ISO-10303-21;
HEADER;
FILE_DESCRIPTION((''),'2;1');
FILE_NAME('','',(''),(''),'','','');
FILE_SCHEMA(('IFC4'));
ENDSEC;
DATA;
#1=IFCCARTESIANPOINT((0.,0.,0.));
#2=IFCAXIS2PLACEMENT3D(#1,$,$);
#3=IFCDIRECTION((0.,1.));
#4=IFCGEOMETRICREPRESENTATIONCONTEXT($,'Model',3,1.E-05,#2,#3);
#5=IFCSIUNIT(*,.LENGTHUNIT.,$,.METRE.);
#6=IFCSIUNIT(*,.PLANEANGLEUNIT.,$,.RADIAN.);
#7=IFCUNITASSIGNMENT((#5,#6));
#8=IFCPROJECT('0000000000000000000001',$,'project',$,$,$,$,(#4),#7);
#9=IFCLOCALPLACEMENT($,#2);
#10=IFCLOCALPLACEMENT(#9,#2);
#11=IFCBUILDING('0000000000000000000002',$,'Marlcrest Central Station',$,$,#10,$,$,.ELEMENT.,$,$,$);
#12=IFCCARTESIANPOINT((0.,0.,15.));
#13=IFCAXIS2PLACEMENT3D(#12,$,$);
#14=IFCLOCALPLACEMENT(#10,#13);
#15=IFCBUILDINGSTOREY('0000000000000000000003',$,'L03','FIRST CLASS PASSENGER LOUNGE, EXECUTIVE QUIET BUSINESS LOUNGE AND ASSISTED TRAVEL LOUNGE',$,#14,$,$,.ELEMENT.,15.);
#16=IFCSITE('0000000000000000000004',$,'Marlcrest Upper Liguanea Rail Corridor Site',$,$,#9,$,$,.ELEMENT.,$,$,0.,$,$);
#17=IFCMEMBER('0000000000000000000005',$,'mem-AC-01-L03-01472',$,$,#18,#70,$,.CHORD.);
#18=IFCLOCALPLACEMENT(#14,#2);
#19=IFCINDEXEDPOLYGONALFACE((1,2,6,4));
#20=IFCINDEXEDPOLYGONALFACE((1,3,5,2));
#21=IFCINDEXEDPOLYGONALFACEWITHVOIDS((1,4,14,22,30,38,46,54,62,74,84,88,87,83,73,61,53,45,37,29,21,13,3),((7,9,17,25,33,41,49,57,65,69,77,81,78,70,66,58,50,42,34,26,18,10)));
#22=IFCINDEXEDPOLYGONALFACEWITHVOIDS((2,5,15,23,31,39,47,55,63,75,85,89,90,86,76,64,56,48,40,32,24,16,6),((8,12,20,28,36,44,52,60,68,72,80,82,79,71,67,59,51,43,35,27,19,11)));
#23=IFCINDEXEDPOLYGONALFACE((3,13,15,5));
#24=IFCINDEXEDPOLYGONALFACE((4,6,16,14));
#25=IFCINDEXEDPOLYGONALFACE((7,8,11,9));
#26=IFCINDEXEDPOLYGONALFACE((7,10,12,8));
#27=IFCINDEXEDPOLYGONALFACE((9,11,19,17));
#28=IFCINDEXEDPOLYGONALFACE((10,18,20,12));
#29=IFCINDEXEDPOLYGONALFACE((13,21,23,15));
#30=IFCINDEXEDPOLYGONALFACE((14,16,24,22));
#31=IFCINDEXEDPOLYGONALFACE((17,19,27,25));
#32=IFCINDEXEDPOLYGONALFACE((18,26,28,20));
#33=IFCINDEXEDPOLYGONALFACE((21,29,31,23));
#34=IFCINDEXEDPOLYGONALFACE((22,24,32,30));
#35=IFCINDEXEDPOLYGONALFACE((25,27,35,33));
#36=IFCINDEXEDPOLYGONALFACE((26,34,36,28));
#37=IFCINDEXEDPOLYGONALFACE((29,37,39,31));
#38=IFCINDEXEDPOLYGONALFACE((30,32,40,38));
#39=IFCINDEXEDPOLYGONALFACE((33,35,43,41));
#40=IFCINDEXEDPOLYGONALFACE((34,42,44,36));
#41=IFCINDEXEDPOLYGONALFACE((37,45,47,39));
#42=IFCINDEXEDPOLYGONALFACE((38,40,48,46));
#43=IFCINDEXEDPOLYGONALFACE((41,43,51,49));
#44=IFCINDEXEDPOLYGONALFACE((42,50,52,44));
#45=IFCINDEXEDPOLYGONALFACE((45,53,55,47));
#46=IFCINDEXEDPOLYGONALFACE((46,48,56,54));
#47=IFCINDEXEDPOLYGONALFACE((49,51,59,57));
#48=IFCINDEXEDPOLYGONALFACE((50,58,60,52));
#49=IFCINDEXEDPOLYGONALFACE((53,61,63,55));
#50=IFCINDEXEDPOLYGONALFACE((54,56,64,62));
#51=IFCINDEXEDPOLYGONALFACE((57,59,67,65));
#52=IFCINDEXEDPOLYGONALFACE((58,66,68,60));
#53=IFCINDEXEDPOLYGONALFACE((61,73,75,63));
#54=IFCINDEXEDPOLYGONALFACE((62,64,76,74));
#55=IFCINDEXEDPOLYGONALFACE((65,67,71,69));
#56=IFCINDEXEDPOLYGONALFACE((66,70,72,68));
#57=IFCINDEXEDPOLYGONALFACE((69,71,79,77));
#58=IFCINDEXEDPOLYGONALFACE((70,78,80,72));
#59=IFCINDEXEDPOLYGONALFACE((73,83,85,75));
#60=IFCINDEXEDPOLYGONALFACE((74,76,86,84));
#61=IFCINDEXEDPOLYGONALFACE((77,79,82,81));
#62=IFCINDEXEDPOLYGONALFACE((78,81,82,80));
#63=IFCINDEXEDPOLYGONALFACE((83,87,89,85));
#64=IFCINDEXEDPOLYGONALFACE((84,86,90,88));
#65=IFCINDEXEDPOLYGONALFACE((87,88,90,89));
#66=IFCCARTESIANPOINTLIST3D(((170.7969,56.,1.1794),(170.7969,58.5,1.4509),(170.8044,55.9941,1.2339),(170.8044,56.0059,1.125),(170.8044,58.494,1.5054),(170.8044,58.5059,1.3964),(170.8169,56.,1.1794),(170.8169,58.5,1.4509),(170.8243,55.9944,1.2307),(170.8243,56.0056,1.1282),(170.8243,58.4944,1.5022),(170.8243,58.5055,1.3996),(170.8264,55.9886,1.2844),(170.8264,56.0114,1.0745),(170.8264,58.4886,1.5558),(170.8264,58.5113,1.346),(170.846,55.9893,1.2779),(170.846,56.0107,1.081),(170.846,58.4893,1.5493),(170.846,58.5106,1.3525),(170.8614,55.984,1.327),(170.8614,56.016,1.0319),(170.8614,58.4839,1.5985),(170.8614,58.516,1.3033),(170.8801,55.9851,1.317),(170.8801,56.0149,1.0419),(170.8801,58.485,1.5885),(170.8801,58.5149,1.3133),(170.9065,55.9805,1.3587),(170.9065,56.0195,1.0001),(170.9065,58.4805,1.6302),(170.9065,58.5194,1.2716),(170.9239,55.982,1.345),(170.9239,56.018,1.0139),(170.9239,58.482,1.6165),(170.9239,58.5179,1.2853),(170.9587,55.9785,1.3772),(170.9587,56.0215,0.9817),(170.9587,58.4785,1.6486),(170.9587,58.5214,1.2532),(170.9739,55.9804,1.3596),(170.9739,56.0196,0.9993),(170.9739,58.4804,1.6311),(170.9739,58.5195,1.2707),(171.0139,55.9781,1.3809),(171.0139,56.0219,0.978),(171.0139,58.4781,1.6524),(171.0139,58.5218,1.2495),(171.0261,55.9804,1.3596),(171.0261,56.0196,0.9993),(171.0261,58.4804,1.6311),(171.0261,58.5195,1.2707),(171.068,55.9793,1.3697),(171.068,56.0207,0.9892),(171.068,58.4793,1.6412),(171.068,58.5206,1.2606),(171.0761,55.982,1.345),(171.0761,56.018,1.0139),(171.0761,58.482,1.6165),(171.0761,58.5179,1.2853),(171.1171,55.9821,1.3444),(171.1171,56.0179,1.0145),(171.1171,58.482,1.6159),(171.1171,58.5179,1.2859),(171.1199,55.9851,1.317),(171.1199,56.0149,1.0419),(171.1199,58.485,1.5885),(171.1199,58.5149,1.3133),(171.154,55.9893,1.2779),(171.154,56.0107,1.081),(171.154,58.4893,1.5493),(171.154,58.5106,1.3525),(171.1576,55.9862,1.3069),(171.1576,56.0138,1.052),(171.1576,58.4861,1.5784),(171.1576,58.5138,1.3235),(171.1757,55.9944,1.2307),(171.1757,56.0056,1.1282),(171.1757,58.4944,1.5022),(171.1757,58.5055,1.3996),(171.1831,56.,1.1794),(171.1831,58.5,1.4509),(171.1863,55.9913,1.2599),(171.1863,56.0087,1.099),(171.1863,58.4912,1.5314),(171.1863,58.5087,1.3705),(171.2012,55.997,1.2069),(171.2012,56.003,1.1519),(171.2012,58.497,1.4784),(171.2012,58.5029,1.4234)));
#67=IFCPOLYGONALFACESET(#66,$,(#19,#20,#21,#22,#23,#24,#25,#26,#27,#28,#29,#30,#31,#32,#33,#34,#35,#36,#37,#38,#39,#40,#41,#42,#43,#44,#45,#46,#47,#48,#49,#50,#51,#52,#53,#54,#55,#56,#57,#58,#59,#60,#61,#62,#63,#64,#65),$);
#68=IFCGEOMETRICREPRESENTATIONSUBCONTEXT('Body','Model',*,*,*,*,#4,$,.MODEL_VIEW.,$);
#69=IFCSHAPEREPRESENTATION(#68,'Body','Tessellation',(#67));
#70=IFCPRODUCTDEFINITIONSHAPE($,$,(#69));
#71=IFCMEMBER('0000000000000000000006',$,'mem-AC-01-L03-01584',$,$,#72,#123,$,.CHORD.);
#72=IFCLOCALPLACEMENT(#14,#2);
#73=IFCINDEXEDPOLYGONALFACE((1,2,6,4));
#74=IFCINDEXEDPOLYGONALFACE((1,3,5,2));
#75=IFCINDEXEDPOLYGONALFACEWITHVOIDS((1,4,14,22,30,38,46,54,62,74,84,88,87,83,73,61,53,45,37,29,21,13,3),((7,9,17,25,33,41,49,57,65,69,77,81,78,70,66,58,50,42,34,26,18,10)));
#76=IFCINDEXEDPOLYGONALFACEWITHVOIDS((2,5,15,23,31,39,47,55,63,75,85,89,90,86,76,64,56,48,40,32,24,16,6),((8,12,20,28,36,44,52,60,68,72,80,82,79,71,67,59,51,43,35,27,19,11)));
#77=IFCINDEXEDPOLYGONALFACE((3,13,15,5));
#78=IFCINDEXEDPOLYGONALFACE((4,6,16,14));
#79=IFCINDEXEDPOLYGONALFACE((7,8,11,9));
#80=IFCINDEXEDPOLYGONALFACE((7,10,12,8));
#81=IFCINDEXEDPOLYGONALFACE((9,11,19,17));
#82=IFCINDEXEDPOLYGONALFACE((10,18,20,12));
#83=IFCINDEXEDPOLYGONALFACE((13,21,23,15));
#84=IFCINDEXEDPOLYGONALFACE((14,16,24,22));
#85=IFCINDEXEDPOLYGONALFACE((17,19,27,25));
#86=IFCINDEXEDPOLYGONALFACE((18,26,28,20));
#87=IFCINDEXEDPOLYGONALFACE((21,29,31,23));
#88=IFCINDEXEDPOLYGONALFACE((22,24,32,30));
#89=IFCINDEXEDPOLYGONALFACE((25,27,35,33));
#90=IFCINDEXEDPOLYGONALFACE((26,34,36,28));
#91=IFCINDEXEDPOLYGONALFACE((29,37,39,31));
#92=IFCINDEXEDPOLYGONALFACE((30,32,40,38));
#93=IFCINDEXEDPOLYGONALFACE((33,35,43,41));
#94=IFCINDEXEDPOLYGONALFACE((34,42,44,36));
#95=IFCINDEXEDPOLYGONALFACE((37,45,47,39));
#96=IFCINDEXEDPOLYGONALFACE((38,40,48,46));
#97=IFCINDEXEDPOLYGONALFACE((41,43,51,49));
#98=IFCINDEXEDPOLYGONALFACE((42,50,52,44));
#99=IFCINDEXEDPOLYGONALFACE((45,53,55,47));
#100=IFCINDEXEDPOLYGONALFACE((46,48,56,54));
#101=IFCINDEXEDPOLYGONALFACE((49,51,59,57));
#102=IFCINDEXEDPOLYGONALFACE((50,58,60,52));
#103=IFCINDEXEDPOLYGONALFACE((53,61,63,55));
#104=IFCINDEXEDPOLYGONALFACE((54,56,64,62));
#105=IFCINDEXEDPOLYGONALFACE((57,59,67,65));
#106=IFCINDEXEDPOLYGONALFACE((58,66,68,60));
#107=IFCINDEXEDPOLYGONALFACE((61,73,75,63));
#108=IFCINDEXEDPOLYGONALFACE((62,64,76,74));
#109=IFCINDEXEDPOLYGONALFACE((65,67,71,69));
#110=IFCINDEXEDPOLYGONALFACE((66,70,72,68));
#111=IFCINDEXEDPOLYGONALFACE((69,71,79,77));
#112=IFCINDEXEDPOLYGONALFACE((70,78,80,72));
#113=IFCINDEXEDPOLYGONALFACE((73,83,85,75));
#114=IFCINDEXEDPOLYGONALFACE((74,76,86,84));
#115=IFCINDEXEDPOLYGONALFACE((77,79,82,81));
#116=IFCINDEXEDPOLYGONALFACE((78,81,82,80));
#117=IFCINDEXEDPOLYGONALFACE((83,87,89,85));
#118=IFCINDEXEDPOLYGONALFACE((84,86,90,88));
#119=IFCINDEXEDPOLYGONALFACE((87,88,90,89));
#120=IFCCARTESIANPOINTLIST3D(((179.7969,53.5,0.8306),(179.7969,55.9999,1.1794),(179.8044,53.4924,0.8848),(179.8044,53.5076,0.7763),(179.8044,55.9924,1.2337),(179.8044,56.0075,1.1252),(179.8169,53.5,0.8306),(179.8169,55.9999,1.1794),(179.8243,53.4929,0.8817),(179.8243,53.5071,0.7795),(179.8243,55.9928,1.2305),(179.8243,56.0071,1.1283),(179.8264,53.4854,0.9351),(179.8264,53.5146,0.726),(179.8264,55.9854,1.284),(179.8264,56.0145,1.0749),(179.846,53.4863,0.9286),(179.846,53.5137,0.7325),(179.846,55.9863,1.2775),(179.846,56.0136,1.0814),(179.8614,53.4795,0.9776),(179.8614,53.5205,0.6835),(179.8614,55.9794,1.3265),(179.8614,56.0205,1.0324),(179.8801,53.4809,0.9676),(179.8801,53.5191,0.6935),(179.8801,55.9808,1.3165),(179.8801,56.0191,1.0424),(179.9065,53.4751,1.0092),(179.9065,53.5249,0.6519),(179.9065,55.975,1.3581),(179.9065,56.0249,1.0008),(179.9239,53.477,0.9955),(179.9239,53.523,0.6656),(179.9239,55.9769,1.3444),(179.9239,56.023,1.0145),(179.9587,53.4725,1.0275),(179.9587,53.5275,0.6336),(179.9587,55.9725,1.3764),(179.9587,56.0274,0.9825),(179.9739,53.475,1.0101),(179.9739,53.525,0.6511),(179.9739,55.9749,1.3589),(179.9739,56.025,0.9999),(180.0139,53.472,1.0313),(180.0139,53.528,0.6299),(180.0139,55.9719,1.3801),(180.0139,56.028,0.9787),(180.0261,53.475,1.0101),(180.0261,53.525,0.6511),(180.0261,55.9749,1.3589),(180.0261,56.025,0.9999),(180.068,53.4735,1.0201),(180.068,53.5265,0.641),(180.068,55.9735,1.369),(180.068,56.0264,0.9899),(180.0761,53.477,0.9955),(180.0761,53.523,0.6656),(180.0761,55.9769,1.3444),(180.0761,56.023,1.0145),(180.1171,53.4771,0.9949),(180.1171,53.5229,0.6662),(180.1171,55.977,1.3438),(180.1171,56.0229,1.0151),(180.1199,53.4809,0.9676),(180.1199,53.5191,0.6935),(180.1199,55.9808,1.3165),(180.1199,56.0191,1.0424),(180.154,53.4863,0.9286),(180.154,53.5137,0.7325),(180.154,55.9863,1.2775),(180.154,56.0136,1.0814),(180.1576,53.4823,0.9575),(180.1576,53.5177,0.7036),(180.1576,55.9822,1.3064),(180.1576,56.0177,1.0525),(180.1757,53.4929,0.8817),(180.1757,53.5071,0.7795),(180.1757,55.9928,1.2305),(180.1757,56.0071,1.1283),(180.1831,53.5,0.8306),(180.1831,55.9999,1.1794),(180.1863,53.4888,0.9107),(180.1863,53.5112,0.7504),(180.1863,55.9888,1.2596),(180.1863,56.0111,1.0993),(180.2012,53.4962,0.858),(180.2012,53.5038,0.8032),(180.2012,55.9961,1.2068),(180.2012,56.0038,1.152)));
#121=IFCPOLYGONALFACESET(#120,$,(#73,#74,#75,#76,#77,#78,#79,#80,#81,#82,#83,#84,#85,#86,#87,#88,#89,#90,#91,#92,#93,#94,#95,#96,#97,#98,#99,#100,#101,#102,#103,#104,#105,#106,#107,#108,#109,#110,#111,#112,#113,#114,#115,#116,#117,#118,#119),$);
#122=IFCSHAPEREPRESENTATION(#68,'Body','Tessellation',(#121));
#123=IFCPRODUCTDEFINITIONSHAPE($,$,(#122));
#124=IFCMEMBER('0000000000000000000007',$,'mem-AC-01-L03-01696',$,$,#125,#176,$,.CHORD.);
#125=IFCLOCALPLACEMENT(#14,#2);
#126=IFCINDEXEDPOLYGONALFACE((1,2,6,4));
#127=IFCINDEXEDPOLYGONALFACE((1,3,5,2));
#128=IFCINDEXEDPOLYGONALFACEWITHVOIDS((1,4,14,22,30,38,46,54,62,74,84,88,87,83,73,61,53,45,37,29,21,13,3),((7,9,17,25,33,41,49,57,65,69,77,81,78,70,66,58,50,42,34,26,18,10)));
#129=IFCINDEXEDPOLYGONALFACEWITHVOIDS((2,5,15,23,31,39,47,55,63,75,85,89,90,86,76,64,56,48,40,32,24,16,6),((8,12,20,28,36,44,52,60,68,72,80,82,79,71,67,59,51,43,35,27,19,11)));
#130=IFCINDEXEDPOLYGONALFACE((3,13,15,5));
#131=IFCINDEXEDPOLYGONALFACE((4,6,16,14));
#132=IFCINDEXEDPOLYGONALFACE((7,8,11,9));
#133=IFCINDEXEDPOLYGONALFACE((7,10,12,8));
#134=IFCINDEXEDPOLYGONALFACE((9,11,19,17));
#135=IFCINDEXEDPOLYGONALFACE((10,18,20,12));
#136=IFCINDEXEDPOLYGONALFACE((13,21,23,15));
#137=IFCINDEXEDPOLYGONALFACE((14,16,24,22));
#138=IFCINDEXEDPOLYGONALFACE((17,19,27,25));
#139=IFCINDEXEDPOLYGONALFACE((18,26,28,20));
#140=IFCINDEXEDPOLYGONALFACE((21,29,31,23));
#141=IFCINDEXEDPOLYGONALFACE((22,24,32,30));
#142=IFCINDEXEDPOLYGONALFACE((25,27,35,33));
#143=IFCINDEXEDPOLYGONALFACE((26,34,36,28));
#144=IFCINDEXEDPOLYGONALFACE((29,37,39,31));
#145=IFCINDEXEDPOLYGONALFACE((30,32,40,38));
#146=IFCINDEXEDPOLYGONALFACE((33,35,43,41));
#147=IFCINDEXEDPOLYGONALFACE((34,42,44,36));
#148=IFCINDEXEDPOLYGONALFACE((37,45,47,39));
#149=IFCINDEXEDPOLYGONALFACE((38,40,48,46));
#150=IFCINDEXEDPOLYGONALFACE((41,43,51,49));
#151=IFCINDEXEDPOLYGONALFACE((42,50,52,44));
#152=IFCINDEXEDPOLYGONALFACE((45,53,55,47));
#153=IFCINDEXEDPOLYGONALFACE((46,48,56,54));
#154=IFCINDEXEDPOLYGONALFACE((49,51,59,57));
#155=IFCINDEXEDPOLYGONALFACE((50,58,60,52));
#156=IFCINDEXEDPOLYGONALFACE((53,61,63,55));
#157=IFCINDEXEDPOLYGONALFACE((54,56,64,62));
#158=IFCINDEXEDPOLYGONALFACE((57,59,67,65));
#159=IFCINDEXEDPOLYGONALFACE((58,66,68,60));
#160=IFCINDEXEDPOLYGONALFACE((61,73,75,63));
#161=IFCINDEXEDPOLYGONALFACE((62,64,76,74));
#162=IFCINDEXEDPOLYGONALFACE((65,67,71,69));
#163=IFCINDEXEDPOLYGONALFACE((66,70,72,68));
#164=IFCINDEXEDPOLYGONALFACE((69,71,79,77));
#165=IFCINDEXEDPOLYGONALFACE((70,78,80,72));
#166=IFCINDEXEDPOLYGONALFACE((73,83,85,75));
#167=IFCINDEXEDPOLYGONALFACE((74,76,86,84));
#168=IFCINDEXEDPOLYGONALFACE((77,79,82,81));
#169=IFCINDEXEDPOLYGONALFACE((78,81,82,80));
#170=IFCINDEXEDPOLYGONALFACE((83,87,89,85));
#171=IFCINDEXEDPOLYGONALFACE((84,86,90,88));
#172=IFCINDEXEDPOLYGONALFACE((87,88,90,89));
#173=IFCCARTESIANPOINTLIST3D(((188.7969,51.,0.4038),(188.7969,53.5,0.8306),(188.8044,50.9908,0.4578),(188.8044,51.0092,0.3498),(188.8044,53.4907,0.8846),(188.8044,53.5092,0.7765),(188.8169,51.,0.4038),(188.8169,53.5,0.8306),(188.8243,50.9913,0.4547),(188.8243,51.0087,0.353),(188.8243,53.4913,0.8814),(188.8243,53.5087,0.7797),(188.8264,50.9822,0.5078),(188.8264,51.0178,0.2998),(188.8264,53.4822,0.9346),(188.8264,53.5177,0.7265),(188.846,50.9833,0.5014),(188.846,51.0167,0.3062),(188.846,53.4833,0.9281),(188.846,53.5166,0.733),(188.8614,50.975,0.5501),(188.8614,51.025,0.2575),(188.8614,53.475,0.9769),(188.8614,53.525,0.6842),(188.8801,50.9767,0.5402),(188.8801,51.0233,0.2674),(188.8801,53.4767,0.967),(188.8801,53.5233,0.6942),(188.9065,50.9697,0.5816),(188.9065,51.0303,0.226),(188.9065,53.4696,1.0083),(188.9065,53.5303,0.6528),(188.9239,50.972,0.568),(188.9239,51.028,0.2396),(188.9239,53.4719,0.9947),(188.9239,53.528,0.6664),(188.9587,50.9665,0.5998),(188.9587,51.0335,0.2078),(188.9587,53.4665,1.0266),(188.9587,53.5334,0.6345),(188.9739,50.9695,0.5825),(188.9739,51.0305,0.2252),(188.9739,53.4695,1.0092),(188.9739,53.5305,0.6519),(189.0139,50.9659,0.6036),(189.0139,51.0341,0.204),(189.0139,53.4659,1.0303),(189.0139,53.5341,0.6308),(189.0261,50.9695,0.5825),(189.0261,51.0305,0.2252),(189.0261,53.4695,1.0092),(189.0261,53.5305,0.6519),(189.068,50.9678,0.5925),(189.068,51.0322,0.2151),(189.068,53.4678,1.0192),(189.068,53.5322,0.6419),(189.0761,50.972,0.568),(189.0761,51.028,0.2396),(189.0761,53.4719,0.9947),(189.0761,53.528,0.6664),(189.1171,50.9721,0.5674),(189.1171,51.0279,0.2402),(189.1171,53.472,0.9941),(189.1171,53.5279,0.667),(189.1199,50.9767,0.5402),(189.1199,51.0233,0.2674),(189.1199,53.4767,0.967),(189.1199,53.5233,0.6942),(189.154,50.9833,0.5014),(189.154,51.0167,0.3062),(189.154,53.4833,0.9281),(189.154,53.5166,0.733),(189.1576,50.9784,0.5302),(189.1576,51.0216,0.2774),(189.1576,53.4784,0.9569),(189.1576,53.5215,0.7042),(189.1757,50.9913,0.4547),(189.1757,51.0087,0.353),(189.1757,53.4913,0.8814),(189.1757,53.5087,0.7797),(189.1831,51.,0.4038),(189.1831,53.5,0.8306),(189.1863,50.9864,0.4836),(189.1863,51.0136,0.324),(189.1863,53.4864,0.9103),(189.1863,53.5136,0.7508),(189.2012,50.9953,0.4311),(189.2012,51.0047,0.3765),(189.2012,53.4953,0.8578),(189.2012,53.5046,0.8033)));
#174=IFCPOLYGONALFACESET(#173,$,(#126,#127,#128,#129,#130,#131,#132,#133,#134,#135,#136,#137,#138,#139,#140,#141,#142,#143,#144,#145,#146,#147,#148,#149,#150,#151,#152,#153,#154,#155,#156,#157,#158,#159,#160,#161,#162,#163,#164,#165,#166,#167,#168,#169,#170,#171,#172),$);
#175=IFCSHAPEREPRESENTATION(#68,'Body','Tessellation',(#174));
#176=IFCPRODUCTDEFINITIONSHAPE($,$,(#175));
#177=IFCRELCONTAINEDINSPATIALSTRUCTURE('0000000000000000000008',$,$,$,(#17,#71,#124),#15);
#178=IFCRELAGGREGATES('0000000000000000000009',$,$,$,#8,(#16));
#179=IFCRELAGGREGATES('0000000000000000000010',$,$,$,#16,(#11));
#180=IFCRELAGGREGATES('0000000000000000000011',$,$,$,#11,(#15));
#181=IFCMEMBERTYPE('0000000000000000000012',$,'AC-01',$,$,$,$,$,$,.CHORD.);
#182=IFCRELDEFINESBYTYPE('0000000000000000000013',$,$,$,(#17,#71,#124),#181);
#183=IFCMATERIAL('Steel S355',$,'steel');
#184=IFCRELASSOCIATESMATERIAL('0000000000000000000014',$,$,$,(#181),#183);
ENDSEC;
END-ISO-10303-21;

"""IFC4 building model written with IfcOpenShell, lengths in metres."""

from ifc_helpers import new_model, si_unit, direction, frame, origin, origin_2d, place, context, subcontext, project, spatial, hollow_circle, extrude, material, material_profile, profile_set, type_object, element, save


model = new_model("IFC4")

# Units and contexts
model_context = context("Model", 3, precision=1e-05, world=origin(), true_north=direction((0.0, 1.0)))
body_context = subcontext(model_context, "Body", "Model", "MODEL_VIEW")
ifc_project = project(units=[si_unit("LENGTHUNIT", "METRE"), si_unit("PLANEANGLEUNIT", "RADIAN")], contexts=[model_context])

# Site, building, storey
site_placement = place(None, origin())
site = spatial("IfcSite", under=ifc_project, at=site_placement, Name="Marlcrest Upper Liguanea Rail Corridor Site", CompositionType="ELEMENT", RefElevation=0.0)
building_placement = place(site_placement, origin())
building = spatial("IfcBuilding", under=site, at=building_placement, Name="Marlcrest Central Station", CompositionType="ELEMENT")
storey_placement = place(building_placement, frame((0.0, 0.0, 15.0)))
storey = spatial("IfcBuildingStorey", under=building, at=storey_placement, Name="L03", Description="FIRST CLASS PASSENGER LOUNGE, EXECUTIVE QUIET BUSINESS LOUNGE AND ASSISTED TRAVEL LOUNGE", CompositionType="ELEMENT", Elevation=15.0)

# Members
ifc_material_1 = material(Name="Steel S355", Category="steel")
ifc_material_profile_1 = material_profile(ifc_material_1, hollow_circle(Radius=0.2031, WallThickness=0.02, at=origin_2d()), Name="CHS 406.4x20")
ifc_profile_set_1 = profile_set([ifc_material_profile_1], Name="Steel S355")
member_type_1 = type_object("IfcMemberType", Name="AC-01", PredefinedType="CHORD", material=ifc_profile_set_1)
member_1_placement = place(storey_placement, frame((171.0, 56.0, 1.1794), z_axis=(0.0, 0.994155, 0.107959), x_axis=(-1.0, 0.0, 0.0)))
element("IfcMember", 1, at=member_1_placement, inside=storey, type_object=member_type_1, Name="mem-AC-01-L03-01472", PredefinedType="CHORD", context=body_context, shape_type="SweptSolid", body=[
    extrude(hollow_circle(Radius=0.2031, WallThickness=0.02, at=origin_2d()), origin(), (0.0, 0.0, 1.0), 2.5146),
])
member_2_placement = place(storey_placement, frame((180.0, 53.5, 0.8306), z_axis=(0.0, 0.990403, 0.138211), x_axis=(-1.0, 0.0, 0.0)))
element("IfcMember", 2, at=member_2_placement, inside=storey, type_object=member_type_1, Name="mem-AC-01-L03-01584", PredefinedType="CHORD", context=body_context, shape_type="SweptSolid", body=[
    extrude(hollow_circle(Radius=0.2031, WallThickness=0.02, at=origin_2d()), origin(), (0.0, 0.0, 1.0), 2.5242),
])
member_3_placement = place(storey_placement, frame((189.0, 51.0, 0.4038), z_axis=(0.0, 0.985741, 0.168269), x_axis=(-1.0, 0.0, 0.0)))
element("IfcMember", 3, at=member_3_placement, inside=storey, type_object=member_type_1, Name="mem-AC-01-L03-01696", PredefinedType="CHORD", context=body_context, shape_type="SweptSolid", body=[
    extrude(hollow_circle(Radius=0.2031, WallThickness=0.02, at=origin_2d()), origin(), (0.0, 0.0, 1.0), 2.5361),
])

save(model, "model.ifc")
